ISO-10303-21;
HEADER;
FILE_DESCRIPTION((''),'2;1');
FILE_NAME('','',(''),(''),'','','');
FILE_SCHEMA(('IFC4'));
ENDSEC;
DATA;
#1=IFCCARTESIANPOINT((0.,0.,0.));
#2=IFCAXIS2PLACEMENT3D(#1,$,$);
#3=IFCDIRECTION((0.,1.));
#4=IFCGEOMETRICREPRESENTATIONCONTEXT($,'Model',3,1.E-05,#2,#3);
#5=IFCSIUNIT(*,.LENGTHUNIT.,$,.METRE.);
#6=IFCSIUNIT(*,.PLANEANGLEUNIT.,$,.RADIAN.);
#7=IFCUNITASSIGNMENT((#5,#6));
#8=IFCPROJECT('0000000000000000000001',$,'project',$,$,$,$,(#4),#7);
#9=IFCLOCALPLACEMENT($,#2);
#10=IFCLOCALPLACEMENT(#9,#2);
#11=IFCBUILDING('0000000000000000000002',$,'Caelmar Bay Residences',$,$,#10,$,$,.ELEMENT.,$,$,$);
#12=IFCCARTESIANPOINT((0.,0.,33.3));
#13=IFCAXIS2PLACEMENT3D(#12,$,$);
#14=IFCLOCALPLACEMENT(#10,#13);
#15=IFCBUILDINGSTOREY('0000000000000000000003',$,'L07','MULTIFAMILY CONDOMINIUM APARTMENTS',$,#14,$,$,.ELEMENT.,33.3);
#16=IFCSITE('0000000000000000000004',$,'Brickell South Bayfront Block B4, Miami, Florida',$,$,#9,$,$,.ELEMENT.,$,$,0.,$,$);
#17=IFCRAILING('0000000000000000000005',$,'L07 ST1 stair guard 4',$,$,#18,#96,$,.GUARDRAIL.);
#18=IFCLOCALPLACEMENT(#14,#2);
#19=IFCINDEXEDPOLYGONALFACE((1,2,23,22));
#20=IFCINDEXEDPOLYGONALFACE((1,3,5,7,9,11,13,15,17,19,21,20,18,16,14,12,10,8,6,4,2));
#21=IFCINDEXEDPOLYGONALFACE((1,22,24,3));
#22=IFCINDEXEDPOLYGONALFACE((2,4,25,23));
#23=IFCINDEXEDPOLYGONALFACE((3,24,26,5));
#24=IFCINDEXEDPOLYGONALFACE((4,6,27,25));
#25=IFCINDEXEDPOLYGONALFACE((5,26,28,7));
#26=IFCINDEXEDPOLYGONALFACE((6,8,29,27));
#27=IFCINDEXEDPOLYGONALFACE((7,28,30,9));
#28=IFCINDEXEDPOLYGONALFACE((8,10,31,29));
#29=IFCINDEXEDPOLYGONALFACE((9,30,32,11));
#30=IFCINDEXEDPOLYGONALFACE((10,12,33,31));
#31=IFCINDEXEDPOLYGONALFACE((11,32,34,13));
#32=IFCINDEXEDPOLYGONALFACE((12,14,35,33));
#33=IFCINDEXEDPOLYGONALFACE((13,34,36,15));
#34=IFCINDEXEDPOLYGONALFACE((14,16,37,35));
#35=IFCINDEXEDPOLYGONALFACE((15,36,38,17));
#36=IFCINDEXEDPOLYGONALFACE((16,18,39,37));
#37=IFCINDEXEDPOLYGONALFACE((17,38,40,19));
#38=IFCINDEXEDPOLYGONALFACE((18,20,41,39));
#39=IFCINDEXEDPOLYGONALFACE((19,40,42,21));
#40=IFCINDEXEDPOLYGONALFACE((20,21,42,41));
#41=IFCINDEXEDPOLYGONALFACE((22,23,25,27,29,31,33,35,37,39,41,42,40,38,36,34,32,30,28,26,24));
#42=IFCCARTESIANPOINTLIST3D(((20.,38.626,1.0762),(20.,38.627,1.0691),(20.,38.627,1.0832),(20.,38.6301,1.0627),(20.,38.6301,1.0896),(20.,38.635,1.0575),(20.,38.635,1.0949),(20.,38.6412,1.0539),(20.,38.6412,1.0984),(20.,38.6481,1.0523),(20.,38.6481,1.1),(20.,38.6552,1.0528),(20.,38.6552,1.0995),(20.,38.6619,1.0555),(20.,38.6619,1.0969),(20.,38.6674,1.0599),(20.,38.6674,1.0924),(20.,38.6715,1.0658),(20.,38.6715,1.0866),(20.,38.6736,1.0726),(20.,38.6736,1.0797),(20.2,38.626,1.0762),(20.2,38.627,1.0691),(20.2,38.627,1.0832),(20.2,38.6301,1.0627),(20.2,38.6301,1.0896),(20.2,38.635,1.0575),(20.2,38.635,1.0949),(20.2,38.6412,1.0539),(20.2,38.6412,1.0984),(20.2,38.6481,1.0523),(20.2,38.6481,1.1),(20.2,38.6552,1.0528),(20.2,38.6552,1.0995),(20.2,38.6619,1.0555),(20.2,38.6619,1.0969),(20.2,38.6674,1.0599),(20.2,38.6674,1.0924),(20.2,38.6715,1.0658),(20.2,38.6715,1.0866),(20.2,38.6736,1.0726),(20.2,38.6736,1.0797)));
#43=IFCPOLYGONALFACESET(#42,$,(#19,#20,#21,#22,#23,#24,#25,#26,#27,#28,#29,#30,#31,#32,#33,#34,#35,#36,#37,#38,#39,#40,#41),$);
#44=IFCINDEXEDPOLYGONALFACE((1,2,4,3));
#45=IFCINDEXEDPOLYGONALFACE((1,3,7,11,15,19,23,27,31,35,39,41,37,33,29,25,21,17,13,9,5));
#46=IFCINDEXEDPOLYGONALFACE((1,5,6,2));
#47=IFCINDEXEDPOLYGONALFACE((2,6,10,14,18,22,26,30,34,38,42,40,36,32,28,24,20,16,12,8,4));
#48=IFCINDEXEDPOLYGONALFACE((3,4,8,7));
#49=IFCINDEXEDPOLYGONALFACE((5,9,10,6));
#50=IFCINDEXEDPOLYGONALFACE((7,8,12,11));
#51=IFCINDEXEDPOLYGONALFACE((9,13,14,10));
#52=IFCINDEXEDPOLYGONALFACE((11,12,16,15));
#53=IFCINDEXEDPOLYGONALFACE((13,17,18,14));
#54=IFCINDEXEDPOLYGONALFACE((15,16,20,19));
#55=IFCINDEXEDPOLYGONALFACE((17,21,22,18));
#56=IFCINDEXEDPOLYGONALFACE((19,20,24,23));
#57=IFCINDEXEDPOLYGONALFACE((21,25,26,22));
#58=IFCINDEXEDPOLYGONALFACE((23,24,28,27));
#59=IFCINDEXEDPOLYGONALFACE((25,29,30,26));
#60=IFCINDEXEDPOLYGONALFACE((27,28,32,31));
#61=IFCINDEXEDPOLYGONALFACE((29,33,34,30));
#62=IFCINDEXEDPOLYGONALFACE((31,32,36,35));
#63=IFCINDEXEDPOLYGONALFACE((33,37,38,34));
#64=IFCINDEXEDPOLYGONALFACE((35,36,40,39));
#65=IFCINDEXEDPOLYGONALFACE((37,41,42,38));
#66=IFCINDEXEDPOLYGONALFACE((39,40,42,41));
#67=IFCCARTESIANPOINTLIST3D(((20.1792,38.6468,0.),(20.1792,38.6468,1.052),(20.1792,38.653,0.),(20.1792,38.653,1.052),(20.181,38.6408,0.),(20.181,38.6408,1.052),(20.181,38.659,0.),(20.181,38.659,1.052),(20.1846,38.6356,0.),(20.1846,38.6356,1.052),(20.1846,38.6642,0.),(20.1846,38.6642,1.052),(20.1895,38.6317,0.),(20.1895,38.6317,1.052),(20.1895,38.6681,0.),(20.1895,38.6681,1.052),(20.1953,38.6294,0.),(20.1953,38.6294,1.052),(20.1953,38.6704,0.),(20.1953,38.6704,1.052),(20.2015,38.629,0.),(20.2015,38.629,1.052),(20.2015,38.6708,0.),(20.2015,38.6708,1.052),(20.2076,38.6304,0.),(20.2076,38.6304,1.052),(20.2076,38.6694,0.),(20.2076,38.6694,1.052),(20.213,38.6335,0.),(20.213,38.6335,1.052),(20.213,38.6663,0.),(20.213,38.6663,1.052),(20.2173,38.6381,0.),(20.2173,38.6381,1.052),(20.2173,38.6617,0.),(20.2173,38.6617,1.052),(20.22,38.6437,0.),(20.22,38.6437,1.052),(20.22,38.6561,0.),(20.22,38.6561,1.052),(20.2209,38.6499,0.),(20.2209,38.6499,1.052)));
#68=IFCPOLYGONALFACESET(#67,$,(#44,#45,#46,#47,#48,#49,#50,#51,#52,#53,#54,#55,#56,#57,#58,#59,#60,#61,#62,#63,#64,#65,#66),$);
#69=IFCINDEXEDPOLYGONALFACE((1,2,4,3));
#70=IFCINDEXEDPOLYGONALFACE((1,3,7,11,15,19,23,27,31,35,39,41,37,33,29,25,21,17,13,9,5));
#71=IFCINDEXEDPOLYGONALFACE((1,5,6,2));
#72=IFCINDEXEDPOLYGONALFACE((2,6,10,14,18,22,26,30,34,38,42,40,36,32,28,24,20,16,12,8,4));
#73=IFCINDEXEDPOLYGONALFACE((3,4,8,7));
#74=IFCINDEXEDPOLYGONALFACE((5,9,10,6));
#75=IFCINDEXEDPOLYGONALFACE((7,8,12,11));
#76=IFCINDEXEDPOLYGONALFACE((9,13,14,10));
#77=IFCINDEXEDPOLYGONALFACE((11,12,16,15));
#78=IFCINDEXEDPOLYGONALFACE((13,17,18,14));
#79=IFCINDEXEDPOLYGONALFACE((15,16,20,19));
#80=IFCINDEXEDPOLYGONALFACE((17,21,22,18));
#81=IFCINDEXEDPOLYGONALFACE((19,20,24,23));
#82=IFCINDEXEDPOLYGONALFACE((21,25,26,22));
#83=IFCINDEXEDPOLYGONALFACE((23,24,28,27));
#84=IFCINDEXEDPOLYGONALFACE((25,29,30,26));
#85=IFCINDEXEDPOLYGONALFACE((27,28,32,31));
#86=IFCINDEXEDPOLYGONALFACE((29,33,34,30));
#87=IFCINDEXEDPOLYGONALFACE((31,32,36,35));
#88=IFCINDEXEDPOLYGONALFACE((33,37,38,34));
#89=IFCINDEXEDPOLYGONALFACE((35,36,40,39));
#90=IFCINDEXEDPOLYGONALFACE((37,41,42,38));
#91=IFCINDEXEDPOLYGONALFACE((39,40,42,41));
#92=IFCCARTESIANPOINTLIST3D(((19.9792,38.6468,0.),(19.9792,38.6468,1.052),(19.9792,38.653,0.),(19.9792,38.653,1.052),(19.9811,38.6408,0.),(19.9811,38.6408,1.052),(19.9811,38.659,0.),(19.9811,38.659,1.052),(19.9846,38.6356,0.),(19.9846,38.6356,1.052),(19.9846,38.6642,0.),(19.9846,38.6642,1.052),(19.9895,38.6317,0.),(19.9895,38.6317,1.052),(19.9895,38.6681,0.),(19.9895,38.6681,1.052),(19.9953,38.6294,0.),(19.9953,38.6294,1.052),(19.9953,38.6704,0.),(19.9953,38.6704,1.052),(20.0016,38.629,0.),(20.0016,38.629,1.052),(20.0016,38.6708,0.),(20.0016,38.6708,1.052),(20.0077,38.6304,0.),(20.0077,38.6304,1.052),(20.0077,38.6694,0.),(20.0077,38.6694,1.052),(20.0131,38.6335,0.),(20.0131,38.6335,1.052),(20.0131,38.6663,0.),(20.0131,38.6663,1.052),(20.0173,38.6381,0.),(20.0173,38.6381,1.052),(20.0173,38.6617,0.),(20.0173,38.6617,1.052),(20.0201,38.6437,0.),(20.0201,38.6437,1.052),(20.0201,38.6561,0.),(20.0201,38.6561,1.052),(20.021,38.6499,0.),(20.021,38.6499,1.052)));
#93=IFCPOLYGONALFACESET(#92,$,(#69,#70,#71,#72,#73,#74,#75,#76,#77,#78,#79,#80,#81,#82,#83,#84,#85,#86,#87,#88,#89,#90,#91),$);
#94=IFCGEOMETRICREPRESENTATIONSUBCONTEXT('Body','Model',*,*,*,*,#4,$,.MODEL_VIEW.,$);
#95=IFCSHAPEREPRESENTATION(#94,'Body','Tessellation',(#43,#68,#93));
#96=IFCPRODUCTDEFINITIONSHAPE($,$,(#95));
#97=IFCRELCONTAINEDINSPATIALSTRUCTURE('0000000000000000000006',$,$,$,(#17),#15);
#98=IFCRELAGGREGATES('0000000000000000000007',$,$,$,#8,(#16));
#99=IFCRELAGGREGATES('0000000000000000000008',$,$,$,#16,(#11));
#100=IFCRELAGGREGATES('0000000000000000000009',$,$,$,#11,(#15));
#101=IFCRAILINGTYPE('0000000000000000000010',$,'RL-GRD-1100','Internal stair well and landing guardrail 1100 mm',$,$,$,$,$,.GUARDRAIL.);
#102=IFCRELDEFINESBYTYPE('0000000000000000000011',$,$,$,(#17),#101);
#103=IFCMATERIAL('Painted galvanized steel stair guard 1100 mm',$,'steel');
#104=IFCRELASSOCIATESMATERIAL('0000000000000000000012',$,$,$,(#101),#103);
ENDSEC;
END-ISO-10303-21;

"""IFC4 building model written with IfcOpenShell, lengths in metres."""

from ifc_helpers import new_model, si_unit, direction, frame, origin, origin_2d, place, context, subcontext, project, spatial, circle, extrude, material, type_object, element, save


model = new_model("IFC4")

# Units and contexts
model_context = context("Model", 3, precision=1e-05, world=origin(), true_north=direction((0.0, 1.0)))
body_context = subcontext(model_context, "Body", "Model", "MODEL_VIEW")
ifc_project = project(units=[si_unit("LENGTHUNIT", "METRE"), si_unit("PLANEANGLEUNIT", "RADIAN")], contexts=[model_context])

# Site, building, storey
site_placement = place(None, origin())
site = spatial("IfcSite", under=ifc_project, at=site_placement, Name="Brickell South Bayfront Block B4, Miami, Florida", CompositionType="ELEMENT", RefElevation=0.0)
building_placement = place(site_placement, origin())
building = spatial("IfcBuilding", under=site, at=building_placement, Name="Caelmar Bay Residences", CompositionType="ELEMENT")
storey_placement = place(building_placement, frame((0.0, 0.0, 33.3)))
storey = spatial("IfcBuildingStorey", under=building, at=storey_placement, Name="L07", Description="MULTIFAMILY CONDOMINIUM APARTMENTS", CompositionType="ELEMENT", Elevation=33.3)

# Railing
ifc_material_1 = material(Name="Painted galvanized steel stair guard 1100 mm", Category="steel")
railing_type_1 = type_object("IfcRailingType", Name="RL-GRD-1100", Description="Internal stair well and landing guardrail 1100 mm", PredefinedType="GUARDRAIL", material=ifc_material_1)
railing_1_placement = place(storey_placement, frame((20.2, 38.6499, 0.0)))
element("IfcRailing", 1, at=railing_1_placement, inside=storey, type_object=railing_type_1, Name="L07 ST1 stair guard 4", PredefinedType="GUARDRAIL", context=body_context, shape_type="SweptSolid", body=[
    extrude(circle(Radius=0.0239, at=origin_2d()), frame((0.0, 0.0, 1.0762), z_axis=(-1.0, 0.0, 0.0), x_axis=(0.0, -1.0, 0.0)), (0.0, 0.0, 1.0), 0.2),
    extrude(circle(Radius=0.021, at=origin_2d()), origin(), (0.0, 0.0, 1.0), 1.052),
    extrude(circle(Radius=0.021, at=origin_2d()), frame((-0.2, 0.0, 0.0)), (0.0, 0.0, 1.0), 1.052),
])

save(model, "model.ifc")
